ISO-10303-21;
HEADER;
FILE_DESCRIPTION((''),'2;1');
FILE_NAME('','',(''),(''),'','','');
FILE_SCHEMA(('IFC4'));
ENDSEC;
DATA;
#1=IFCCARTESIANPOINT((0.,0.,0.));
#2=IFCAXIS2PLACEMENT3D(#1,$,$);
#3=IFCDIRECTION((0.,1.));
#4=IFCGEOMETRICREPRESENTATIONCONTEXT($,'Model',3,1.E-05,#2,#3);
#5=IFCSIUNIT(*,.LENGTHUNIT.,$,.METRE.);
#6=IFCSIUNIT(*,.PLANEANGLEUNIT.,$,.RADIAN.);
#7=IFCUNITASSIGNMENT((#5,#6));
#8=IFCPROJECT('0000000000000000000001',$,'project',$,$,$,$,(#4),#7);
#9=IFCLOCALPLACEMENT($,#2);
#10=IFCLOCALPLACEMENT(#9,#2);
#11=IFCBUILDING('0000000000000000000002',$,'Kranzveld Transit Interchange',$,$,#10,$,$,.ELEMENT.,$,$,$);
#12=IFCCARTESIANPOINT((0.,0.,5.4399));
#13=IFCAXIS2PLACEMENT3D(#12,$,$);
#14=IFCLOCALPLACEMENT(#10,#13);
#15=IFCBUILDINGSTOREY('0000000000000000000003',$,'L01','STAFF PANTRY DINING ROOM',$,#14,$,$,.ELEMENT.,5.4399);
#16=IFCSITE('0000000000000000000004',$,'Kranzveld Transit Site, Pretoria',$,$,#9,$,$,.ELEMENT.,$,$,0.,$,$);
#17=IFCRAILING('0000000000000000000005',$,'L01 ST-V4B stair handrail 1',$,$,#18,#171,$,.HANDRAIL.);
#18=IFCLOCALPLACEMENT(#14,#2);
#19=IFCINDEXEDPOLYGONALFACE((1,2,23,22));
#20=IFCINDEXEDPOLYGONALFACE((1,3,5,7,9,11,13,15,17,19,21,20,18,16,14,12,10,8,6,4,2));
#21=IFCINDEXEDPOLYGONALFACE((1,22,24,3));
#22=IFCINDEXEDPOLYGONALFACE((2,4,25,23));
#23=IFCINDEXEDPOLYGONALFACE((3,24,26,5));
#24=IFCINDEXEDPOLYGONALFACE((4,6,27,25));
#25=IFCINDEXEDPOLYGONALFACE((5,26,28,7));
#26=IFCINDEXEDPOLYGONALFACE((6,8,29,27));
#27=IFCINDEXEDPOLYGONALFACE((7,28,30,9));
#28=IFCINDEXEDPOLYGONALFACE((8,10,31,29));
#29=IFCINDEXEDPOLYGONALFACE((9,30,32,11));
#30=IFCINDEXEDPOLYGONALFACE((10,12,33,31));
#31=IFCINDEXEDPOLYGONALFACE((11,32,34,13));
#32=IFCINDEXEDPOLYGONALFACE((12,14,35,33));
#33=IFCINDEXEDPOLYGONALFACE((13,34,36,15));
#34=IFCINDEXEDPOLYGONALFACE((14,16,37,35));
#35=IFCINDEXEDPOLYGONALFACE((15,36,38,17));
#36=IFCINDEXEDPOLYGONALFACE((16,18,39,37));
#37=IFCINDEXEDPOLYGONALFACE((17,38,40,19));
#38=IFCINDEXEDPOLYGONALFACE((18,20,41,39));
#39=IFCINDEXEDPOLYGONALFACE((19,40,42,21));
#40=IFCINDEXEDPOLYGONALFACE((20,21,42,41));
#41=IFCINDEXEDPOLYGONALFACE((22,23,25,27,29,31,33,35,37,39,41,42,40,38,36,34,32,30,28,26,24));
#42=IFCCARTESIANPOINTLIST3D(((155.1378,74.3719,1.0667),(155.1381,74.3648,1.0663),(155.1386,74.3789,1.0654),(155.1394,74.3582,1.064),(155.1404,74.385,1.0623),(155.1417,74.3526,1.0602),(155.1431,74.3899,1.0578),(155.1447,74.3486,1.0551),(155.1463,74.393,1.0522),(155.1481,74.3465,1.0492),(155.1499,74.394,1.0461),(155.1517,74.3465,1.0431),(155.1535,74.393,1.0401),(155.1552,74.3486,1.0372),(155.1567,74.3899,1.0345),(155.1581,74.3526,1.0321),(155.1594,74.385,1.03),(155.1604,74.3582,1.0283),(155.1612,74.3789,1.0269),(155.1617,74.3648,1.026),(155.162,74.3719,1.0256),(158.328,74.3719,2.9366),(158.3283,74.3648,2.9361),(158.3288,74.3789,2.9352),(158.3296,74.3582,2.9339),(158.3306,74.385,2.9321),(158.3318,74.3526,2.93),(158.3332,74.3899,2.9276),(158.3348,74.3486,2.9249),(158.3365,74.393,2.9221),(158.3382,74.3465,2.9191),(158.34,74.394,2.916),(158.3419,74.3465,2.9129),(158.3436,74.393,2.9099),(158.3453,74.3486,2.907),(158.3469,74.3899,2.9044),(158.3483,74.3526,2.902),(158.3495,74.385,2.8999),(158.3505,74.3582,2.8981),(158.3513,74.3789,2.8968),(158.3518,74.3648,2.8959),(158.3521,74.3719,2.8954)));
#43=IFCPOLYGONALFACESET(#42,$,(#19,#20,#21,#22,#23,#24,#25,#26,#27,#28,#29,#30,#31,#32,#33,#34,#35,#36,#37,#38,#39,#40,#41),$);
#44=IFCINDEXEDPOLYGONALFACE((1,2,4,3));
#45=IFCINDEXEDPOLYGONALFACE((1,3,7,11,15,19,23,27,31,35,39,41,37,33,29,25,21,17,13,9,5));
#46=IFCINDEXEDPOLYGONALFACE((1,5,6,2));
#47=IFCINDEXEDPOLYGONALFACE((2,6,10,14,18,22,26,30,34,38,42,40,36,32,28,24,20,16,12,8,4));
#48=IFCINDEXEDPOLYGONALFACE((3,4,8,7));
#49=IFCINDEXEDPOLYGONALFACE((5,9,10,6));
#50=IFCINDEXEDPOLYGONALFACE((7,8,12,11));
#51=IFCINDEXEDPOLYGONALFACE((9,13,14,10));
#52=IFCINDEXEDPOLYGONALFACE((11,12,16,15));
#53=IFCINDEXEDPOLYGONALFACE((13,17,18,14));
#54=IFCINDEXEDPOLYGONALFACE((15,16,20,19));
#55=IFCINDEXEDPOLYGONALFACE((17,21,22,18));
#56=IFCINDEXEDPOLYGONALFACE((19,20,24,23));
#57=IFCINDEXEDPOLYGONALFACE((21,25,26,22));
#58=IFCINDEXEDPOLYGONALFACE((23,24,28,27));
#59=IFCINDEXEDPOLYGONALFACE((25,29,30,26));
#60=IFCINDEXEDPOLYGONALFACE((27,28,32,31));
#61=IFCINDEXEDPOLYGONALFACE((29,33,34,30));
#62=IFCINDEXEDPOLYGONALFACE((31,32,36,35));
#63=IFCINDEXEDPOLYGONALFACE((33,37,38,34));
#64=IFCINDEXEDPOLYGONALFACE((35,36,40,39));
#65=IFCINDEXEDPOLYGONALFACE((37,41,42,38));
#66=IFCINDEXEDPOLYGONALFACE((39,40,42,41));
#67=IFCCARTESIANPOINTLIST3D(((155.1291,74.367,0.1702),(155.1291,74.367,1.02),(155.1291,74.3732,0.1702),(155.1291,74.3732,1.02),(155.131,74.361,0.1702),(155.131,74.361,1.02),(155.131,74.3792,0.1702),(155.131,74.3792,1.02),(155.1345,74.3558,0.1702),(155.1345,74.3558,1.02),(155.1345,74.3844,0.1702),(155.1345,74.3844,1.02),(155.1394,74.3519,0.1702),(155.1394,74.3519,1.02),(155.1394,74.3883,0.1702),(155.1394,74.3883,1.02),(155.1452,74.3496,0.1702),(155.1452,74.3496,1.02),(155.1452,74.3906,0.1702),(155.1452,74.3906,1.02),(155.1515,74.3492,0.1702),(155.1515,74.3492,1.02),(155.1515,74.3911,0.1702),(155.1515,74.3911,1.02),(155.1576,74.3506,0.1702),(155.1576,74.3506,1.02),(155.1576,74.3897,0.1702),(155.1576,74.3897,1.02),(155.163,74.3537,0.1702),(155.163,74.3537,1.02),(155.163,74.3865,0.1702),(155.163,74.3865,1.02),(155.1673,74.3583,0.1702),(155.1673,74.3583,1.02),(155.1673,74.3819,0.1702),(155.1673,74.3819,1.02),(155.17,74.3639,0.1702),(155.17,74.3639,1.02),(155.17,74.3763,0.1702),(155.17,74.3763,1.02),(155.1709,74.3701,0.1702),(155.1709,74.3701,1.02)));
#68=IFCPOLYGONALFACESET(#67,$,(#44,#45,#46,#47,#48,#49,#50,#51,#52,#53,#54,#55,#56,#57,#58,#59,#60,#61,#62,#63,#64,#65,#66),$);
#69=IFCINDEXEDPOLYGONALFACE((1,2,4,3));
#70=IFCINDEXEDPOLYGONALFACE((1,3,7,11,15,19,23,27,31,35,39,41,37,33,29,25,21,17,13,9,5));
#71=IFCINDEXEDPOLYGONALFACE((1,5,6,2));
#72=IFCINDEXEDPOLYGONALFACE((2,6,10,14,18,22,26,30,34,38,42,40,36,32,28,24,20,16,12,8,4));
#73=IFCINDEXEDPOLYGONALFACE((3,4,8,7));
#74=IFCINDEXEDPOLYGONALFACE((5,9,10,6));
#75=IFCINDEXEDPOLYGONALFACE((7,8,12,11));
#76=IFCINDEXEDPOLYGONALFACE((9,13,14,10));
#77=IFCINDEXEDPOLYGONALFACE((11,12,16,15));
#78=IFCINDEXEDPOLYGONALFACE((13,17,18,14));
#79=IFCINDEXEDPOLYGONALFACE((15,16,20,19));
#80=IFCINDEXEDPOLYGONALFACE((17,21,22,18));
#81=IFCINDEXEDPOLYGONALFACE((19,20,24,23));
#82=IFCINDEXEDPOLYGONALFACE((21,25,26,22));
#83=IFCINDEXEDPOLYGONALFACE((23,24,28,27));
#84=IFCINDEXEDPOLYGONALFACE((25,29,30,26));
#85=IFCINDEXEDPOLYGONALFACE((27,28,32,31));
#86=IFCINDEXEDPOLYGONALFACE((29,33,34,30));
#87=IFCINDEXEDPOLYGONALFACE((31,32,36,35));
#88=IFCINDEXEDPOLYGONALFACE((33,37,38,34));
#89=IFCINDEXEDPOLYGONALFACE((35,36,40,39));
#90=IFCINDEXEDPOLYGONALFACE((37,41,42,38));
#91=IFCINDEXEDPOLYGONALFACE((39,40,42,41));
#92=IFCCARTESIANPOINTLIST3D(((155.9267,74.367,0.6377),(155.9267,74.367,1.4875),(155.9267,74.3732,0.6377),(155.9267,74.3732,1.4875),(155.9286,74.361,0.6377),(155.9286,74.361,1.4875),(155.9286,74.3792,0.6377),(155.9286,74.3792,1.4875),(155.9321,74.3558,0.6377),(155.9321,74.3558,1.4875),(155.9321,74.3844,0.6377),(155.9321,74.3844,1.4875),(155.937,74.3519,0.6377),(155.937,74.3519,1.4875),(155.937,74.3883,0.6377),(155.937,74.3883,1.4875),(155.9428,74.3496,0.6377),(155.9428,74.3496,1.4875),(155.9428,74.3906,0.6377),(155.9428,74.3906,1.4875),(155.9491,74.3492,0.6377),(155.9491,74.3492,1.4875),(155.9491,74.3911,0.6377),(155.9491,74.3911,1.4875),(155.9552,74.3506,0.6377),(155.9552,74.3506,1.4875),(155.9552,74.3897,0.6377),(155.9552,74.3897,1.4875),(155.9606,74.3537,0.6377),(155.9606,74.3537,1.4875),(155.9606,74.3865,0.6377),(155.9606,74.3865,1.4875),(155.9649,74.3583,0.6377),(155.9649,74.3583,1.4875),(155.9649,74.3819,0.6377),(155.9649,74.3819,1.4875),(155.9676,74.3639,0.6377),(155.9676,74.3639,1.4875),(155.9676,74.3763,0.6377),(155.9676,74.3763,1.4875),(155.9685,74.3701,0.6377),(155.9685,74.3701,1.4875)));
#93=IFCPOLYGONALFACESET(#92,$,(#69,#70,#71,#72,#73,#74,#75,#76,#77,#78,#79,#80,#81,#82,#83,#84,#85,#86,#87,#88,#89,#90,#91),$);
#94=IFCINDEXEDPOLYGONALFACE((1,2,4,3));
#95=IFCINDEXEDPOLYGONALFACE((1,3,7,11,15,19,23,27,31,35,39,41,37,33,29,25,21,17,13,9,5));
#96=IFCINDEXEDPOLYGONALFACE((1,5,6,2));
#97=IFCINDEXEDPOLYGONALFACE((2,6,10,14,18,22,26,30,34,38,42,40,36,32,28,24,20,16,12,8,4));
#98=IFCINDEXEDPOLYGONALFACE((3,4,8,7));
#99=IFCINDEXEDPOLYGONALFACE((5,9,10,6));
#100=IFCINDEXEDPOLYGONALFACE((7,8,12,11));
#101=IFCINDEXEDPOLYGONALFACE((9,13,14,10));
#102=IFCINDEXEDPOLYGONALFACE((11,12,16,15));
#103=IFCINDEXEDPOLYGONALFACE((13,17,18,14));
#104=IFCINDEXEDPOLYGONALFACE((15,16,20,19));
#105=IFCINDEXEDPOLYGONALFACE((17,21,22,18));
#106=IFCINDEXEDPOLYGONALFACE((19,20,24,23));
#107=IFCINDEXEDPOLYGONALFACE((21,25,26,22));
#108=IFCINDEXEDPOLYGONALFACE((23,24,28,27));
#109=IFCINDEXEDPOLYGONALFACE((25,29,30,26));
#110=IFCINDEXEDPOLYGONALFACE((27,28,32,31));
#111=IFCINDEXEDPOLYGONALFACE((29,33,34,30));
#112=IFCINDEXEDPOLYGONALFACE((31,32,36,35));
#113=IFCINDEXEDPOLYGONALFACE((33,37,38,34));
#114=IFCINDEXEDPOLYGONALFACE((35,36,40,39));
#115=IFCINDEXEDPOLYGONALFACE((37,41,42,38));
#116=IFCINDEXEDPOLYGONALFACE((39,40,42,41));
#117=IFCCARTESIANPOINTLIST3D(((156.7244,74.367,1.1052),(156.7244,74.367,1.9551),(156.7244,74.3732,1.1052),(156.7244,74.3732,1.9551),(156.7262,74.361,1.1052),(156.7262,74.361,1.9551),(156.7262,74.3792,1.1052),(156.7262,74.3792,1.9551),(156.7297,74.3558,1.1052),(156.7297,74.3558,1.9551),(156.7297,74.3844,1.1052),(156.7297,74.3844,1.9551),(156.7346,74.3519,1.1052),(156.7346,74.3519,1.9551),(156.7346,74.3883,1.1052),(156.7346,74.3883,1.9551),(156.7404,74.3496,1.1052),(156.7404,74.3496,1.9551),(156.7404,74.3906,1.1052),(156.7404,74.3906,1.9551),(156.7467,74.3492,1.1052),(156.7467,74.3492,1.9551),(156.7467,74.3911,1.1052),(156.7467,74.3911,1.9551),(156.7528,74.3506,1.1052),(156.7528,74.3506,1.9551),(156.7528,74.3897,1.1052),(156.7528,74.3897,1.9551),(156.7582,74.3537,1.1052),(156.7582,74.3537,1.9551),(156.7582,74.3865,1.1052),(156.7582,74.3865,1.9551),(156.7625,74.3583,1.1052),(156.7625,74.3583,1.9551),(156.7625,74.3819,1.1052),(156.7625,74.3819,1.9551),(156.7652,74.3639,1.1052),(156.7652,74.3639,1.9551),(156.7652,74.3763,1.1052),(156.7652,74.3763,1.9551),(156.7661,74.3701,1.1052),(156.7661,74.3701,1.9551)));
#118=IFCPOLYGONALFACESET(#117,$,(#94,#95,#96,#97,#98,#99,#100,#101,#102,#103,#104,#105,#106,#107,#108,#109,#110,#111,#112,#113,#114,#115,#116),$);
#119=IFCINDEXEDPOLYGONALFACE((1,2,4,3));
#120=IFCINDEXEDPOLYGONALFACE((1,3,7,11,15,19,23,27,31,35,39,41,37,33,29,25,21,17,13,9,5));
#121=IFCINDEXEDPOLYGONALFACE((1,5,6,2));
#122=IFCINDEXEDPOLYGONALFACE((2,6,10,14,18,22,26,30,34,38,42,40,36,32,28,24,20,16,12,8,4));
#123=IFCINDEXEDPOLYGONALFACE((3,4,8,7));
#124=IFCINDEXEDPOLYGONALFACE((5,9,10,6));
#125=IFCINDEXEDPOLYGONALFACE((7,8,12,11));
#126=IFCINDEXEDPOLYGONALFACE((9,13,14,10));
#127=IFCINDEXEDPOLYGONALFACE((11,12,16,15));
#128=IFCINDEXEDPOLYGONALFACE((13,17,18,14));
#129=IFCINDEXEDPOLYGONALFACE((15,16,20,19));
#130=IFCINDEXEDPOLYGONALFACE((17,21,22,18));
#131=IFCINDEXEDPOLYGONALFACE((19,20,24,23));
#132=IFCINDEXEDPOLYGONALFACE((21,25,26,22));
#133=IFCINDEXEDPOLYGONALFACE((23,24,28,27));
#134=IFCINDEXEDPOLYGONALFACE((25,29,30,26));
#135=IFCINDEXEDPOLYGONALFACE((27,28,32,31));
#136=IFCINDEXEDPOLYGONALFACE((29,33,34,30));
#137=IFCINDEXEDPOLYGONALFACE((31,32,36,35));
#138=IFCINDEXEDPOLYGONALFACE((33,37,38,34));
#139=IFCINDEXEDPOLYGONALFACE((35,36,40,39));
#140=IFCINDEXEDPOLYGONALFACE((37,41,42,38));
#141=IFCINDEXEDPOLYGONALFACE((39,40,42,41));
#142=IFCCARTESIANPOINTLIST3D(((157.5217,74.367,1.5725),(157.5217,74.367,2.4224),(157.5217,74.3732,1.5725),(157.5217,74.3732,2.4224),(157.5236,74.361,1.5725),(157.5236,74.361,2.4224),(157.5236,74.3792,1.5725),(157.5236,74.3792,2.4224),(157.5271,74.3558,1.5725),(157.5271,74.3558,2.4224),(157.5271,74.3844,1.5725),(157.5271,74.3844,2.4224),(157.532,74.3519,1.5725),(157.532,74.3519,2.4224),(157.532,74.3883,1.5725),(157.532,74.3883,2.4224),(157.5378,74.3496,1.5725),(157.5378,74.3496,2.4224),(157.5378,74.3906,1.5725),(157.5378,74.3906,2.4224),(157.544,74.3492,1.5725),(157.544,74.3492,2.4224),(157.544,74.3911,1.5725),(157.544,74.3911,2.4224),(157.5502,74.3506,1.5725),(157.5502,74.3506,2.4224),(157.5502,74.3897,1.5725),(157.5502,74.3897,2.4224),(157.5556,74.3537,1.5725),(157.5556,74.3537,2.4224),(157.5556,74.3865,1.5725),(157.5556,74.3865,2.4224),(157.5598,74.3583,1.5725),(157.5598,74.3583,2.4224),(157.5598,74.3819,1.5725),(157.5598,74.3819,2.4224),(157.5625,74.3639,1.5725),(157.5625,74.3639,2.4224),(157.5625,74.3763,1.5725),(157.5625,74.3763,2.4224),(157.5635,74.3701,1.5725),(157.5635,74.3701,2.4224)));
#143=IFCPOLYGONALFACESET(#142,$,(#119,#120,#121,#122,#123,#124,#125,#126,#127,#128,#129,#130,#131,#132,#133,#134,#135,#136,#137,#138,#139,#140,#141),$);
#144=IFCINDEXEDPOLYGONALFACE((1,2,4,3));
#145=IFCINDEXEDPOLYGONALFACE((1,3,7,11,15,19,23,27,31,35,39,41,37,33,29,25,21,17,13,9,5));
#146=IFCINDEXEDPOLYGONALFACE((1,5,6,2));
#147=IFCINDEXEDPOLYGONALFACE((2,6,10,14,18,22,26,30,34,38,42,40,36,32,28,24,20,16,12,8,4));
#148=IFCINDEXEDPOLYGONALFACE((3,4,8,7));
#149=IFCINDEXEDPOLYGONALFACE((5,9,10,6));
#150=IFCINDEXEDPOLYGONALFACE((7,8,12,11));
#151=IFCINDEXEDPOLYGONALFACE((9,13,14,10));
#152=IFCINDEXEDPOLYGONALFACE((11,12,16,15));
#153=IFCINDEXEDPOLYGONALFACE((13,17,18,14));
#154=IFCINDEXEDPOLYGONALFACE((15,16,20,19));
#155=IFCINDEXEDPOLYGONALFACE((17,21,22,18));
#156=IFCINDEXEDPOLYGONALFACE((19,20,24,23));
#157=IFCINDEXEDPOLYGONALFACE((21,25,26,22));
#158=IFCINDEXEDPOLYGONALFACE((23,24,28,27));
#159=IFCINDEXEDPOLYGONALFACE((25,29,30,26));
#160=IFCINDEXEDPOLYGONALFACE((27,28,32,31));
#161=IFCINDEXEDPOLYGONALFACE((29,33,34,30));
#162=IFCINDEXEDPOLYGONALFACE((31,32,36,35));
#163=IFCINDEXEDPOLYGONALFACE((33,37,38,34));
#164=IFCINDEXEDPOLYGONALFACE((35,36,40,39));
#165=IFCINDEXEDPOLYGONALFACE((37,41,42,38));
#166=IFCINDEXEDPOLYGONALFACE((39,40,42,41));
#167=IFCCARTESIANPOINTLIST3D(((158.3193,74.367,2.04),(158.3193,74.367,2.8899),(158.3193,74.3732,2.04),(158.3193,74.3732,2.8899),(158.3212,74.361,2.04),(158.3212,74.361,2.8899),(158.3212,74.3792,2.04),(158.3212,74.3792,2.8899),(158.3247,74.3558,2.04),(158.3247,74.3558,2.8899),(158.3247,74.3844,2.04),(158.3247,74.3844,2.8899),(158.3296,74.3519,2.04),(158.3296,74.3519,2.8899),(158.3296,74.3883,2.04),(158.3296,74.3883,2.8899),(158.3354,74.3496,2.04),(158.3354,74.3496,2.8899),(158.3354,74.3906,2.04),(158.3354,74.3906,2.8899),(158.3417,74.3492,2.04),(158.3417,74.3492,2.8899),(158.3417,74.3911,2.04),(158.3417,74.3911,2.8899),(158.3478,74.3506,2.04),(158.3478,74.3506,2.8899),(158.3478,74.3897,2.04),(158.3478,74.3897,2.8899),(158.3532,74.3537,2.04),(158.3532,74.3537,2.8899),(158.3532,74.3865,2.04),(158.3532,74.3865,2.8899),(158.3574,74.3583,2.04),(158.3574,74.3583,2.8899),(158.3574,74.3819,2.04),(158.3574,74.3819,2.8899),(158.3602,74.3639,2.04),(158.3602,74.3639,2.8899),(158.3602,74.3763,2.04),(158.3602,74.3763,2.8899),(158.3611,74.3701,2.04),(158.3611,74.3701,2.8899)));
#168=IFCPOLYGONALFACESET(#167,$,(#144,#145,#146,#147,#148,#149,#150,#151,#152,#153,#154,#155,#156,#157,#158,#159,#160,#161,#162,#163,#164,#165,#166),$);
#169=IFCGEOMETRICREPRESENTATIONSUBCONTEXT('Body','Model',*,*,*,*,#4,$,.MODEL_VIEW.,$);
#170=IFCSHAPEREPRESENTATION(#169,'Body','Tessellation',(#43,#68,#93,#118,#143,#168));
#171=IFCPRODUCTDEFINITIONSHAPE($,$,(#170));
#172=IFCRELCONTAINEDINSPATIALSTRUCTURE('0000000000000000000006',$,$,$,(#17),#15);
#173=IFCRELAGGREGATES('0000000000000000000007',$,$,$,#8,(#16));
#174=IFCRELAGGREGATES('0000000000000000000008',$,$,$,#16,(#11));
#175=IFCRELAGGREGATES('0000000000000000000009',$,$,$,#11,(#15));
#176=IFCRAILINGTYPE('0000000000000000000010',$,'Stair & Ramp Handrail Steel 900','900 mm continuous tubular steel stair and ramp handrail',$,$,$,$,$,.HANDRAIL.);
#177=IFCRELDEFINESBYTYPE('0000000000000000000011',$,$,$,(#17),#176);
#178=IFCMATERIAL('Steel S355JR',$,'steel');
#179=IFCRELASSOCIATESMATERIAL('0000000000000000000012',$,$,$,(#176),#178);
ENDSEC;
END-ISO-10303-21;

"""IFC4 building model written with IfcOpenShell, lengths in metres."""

from ifc_helpers import new_model, si_unit, direction, frame, origin, origin_2d, place, context, subcontext, project, spatial, circle, extrude, material, type_object, element, save


model = new_model("IFC4")

# Units and contexts
model_context = context("Model", 3, precision=1e-05, world=origin(), true_north=direction((0.0, 1.0)))
body_context = subcontext(model_context, "Body", "Model", "MODEL_VIEW")
ifc_project = project(units=[si_unit("LENGTHUNIT", "METRE"), si_unit("PLANEANGLEUNIT", "RADIAN")], contexts=[model_context])

# Site, building, storey
site_placement = place(None, origin())
site = spatial("IfcSite", under=ifc_project, at=site_placement, Name="Kranzveld Transit Site, Pretoria", CompositionType="ELEMENT", RefElevation=0.0)
building_placement = place(site_placement, origin())
building = spatial("IfcBuilding", under=site, at=building_placement, Name="Kranzveld Transit Interchange", CompositionType="ELEMENT")
storey_placement = place(building_placement, frame((0.0, 0.0, 5.4399)))
storey = spatial("IfcBuildingStorey", under=building, at=storey_placement, Name="L01", Description="STAFF PANTRY DINING ROOM", CompositionType="ELEMENT", Elevation=5.4399)

# Railing
ifc_material_1 = material(Name="Steel S355JR", Category="steel")
railing_type_1 = type_object("IfcRailingType", Name="Stair & Ramp Handrail Steel 900", Description="900 mm continuous tubular steel stair and ramp handrail", PredefinedType="HANDRAIL", material=ifc_material_1)
railing_1_placement = place(storey_placement, frame((155.1499, 74.3701, 0.1702)))
element("IfcRailing", 1, at=railing_1_placement, inside=storey, type_object=railing_type_1, Name="L01 ST-V4B stair handrail 1", PredefinedType="HANDRAIL", context=body_context, shape_type="SweptSolid", body=[
    extrude(circle(Radius=0.0239, at=origin_2d()), frame((0.0, 0.0, 0.876), z_axis=(0.862726, 0.0, 0.505672), x_axis=(0.0, 1.0, 0.0)), (0.0, 0.0, 1.0), 3.6978),
    extrude(circle(Radius=0.021, at=origin_2d()), origin(), (0.0, 0.0, 1.0), 0.8499),
    extrude(circle(Radius=0.021, at=origin_2d()), frame((0.7976, 0.0, 0.4675)), (0.0, 0.0, 1.0), 0.8499),
    extrude(circle(Radius=0.021, at=origin_2d()), frame((1.5952, 0.0, 0.9351)), (0.0, 0.0, 1.0), 0.8499),
    extrude(circle(Radius=0.021, at=origin_2d()), frame((2.3926, 0.0, 1.4023)), (0.0, 0.0, 1.0), 0.8499),
    extrude(circle(Radius=0.021, at=origin_2d()), frame((3.1902, 0.0, 1.8699)), (0.0, 0.0, 1.0), 0.8499),
])

save(model, "model.ifc")
